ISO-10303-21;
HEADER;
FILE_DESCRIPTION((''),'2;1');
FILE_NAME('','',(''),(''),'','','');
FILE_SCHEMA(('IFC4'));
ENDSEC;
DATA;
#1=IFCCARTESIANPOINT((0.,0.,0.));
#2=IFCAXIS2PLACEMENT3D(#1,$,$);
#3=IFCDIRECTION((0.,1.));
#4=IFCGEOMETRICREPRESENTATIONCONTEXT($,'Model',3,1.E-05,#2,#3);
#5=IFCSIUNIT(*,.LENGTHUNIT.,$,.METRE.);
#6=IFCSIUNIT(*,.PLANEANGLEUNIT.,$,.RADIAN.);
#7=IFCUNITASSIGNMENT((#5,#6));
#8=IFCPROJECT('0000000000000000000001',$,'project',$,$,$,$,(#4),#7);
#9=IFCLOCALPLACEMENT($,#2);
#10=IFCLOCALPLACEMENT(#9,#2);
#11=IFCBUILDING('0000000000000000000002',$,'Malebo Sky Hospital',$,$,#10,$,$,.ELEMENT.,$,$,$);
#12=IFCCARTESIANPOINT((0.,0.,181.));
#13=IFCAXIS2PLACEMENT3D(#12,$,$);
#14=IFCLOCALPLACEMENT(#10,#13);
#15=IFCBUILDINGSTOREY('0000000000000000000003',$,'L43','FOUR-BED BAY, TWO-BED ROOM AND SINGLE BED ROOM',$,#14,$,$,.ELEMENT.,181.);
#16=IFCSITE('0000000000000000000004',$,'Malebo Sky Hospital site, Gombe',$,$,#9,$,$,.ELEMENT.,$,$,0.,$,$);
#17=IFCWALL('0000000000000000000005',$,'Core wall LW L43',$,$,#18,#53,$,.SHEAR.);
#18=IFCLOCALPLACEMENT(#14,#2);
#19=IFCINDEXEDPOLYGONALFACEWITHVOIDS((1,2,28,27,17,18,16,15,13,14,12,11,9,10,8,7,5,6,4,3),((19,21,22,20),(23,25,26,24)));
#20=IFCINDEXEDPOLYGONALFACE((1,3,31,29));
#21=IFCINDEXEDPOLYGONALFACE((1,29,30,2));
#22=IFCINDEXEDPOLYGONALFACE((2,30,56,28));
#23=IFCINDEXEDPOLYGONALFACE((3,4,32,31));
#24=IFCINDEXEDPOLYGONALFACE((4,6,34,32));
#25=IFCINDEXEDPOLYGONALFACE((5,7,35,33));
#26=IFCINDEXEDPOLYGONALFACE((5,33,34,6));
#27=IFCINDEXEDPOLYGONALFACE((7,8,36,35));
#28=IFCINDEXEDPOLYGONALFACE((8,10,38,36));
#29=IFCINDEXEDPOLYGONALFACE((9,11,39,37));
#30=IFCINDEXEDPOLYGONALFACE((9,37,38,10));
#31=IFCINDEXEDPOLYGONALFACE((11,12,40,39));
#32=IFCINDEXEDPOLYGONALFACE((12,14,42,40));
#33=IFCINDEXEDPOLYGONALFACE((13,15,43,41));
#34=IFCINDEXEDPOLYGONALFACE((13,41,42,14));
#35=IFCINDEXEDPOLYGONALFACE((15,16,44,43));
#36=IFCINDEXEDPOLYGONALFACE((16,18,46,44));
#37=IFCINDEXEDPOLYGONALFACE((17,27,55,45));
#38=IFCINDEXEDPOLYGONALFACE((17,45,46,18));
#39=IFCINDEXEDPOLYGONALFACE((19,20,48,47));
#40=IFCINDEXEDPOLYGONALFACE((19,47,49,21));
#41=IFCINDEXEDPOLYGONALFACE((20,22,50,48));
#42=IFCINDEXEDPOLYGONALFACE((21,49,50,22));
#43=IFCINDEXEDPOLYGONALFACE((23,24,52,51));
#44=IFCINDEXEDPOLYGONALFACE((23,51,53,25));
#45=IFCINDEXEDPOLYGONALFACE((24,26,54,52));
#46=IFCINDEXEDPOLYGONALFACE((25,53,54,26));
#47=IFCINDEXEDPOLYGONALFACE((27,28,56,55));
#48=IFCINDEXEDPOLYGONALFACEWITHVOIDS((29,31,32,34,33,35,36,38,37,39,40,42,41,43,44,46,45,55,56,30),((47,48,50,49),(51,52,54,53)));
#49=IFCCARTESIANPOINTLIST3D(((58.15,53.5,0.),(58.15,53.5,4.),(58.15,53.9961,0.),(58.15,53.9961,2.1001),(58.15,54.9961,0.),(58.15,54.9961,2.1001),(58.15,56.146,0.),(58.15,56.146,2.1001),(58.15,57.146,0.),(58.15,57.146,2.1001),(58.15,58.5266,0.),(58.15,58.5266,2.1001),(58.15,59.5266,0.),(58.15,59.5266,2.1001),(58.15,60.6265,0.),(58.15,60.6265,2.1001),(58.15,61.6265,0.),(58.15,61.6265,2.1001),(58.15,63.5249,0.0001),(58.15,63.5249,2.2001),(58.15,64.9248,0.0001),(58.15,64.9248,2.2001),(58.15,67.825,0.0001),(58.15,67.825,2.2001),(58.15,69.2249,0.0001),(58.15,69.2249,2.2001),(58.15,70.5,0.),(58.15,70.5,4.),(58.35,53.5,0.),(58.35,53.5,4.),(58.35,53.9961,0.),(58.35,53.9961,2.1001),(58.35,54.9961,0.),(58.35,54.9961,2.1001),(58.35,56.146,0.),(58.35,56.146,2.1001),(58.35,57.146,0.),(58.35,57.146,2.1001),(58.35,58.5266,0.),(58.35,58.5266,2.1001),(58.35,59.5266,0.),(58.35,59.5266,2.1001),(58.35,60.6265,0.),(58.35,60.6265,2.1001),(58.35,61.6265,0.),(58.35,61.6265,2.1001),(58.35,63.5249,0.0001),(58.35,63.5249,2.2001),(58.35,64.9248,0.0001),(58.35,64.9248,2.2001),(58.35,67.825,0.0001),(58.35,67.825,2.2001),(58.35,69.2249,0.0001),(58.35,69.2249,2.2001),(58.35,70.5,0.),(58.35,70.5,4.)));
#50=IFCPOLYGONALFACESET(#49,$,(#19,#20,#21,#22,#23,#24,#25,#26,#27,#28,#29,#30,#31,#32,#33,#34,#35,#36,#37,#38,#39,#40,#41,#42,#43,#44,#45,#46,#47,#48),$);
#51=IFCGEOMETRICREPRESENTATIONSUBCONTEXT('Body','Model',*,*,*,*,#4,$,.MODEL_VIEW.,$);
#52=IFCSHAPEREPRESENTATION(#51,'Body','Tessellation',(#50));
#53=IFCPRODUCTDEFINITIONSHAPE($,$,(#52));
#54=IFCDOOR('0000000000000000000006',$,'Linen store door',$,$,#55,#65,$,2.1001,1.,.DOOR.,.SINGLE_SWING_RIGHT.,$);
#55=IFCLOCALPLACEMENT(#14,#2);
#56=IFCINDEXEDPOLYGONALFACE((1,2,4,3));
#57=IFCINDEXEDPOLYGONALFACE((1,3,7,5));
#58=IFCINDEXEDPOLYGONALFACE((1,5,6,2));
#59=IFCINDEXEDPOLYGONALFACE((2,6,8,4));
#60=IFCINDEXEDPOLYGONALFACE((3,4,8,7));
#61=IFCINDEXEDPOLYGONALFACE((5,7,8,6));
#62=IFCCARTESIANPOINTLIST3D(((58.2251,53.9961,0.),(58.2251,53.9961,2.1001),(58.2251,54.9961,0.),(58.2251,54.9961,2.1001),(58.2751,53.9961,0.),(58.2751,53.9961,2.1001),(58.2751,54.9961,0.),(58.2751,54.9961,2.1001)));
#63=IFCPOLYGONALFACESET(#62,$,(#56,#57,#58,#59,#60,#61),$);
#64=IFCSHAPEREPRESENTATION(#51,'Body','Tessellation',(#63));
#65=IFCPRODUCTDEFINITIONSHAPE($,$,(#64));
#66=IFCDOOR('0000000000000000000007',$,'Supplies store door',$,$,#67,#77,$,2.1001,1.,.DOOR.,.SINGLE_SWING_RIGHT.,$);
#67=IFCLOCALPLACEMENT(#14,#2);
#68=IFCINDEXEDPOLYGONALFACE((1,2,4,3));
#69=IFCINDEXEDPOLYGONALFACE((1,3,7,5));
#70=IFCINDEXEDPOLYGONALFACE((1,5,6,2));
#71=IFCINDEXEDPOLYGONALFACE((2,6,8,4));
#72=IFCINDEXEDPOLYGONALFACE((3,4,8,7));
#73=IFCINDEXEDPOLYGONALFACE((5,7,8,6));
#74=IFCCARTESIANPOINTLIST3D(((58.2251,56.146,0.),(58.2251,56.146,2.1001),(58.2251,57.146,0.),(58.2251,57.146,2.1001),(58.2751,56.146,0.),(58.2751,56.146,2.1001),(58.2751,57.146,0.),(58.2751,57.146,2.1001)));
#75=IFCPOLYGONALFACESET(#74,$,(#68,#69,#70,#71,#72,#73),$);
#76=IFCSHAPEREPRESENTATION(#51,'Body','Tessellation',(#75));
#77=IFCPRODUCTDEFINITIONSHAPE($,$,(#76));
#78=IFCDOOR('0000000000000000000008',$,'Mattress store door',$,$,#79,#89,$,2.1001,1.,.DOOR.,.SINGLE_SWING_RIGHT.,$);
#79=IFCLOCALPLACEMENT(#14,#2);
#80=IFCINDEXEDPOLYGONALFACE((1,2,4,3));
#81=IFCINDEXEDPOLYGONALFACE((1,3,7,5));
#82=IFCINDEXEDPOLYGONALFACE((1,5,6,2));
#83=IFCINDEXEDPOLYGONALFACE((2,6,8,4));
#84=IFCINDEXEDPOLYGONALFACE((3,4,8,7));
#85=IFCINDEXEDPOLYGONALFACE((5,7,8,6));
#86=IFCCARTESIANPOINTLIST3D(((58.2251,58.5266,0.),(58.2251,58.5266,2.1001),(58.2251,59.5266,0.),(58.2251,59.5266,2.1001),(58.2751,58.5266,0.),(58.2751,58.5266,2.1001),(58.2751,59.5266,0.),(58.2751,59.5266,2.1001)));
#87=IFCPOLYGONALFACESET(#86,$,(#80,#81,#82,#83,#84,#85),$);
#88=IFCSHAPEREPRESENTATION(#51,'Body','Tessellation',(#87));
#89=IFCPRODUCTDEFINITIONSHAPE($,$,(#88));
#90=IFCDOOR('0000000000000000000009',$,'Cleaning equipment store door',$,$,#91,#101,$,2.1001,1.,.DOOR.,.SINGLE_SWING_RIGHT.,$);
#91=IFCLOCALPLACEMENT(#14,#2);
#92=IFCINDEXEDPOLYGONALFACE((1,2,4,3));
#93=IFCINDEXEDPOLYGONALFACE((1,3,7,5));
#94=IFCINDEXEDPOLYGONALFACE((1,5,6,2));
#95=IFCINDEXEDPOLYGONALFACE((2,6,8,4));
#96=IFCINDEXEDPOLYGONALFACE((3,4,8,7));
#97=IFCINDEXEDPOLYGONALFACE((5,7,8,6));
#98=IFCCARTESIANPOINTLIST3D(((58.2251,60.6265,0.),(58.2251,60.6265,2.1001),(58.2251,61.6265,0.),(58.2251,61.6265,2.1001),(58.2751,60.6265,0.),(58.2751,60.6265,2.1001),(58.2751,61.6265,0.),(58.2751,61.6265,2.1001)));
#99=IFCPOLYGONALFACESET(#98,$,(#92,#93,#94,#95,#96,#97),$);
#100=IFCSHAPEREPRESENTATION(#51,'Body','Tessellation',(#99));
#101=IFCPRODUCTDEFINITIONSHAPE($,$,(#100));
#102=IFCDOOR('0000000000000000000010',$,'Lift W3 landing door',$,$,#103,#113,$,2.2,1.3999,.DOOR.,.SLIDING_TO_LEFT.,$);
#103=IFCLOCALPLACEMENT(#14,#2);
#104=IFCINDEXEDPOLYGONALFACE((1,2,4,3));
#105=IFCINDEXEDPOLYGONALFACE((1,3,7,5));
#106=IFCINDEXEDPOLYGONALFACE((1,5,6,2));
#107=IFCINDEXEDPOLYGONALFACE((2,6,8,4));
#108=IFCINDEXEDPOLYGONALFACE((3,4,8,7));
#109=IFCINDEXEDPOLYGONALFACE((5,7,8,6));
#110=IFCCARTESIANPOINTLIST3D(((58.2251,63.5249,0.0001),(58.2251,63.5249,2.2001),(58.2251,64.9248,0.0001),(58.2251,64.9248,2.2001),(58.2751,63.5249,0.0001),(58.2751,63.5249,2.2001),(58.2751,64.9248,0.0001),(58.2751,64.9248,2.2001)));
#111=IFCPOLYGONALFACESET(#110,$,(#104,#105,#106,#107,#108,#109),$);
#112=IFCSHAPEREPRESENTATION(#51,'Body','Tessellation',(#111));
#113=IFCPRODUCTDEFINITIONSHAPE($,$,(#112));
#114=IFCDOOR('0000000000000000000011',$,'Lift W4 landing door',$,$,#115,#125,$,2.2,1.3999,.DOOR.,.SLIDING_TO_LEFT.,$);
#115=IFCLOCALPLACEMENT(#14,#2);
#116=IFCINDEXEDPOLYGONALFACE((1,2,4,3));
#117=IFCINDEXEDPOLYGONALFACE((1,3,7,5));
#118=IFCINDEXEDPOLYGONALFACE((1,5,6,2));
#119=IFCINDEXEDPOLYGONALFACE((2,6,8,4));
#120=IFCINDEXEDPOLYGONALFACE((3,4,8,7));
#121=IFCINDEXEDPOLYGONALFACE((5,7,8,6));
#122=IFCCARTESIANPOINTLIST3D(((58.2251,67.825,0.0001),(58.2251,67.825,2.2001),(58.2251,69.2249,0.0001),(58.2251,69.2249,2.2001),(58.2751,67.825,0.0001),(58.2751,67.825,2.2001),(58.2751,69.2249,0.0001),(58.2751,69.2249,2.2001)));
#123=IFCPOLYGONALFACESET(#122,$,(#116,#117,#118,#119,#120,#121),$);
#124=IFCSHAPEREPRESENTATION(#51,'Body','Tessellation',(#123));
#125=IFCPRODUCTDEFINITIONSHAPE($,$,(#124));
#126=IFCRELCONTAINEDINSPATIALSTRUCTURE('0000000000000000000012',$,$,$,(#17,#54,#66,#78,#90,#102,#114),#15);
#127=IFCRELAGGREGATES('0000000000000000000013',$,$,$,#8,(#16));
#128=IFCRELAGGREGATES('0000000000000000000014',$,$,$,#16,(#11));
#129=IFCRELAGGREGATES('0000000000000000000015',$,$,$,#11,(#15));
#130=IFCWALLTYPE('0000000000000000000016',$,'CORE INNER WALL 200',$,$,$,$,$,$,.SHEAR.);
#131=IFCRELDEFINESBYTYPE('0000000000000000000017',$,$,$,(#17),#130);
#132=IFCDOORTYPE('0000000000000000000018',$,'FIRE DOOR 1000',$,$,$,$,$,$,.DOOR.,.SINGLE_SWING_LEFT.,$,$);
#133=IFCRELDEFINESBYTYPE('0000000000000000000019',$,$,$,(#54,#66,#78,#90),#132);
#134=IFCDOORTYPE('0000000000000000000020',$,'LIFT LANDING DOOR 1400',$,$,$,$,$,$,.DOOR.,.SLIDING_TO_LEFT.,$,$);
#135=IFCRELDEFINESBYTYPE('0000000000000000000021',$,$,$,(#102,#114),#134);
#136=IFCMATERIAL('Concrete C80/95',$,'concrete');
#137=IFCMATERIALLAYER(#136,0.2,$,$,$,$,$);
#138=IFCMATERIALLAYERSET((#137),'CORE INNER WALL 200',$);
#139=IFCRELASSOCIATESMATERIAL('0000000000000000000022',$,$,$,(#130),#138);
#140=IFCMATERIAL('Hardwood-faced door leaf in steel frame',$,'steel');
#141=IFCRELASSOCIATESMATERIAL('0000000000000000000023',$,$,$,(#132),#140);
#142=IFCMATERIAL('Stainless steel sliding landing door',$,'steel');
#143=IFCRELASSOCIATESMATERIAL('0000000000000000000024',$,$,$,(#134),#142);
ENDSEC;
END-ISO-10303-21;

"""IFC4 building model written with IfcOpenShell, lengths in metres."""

from ifc_helpers import new_model, si_unit, direction, frame, frame_2d, origin, place, context, subcontext, project, spatial, rectangle, extrude, material, layer, layer_set, type_object, element, fill, save


model = new_model("IFC4")

# Units and contexts
model_context = context("Model", 3, precision=1e-05, world=origin(), true_north=direction((0.0, 1.0)))
body_context = subcontext(model_context, "Body", "Model", "MODEL_VIEW")
ifc_project = project(units=[si_unit("LENGTHUNIT", "METRE"), si_unit("PLANEANGLEUNIT", "RADIAN")], contexts=[model_context])

# Site, building, storey
site_placement = place(None, origin())
site = spatial("IfcSite", under=ifc_project, at=site_placement, Name="Malebo Sky Hospital site, Gombe", CompositionType="ELEMENT", RefElevation=0.0)
building_placement = place(site_placement, origin())
building = spatial("IfcBuilding", under=site, at=building_placement, Name="Malebo Sky Hospital", CompositionType="ELEMENT")
storey_placement = place(building_placement, frame((0.0, 0.0, 181.0)))
storey = spatial("IfcBuildingStorey", under=building, at=storey_placement, Name="L43", Description="FOUR-BED BAY, TWO-BED ROOM AND SINGLE BED ROOM", CompositionType="ELEMENT", Elevation=181.0)

# Wall, openings, doors
ifc_material_1 = material(Name="Concrete C80/95", Category="concrete")
ifc_layer_1 = layer(ifc_material_1, 0.2)
ifc_layer_set_1 = layer_set([ifc_layer_1], Name="CORE INNER WALL 200")
wall_type_1 = type_object("IfcWallType", Name="CORE INNER WALL 200", PredefinedType="SHEAR", material=ifc_layer_set_1)
wall_1_placement = place(storey_placement, frame((58.25, 53.5, 0.0), z_axis=(0.0, 0.0, 1.0), x_axis=(0.0, 1.0, 0.0)))
wall_1 = element("IfcWall", 1, at=wall_1_placement, inside=storey, type_object=wall_type_1, Name="Core wall LW L43", PredefinedType="SHEAR", context=body_context, shape_type="SweptSolid", body=[
    extrude(rectangle(XDim=17.0, YDim=0.2, at=frame_2d((8.5, 0.0))), origin(), (0.0, 0.0, 1.0), 4.0),
])
opening_1_placement = place(wall_1_placement, frame((0.4961, 0.0, 0.0)))
opening_1 = element("IfcOpeningElement", 2, at=opening_1_placement, cuts=wall_1, PredefinedType="OPENING", context=body_context, shape_type="SweptSolid", body=[
    extrude(rectangle(XDim=1.0, YDim=2.1001, at=frame_2d((0.5, 1.05))), frame((0.0, 0.1099, 0.0), z_axis=(0.0, -1.0, 0.0), x_axis=(1.0, 0.0, 0.0)), (0.0, 0.0, 1.0), 0.22),
])
opening_2_placement = place(wall_1_placement, frame((2.646, 0.0, 0.0)))
opening_2 = element("IfcOpeningElement", 3, at=opening_2_placement, cuts=wall_1, PredefinedType="OPENING", context=body_context, shape_type="SweptSolid", body=[
    extrude(rectangle(XDim=1.0, YDim=2.1001, at=frame_2d((0.5, 1.05))), frame((0.0, 0.1099, 0.0), z_axis=(0.0, -1.0, 0.0), x_axis=(1.0, 0.0, 0.0)), (0.0, 0.0, 1.0), 0.22),
])
opening_3_placement = place(wall_1_placement, frame((5.0266, 0.0, 0.0)))
opening_3 = element("IfcOpeningElement", 4, at=opening_3_placement, cuts=wall_1, PredefinedType="OPENING", context=body_context, shape_type="SweptSolid", body=[
    extrude(rectangle(XDim=1.0, YDim=2.1001, at=frame_2d((0.5, 1.05))), frame((0.0, 0.1099, 0.0), z_axis=(0.0, -1.0, 0.0), x_axis=(1.0, 0.0, 0.0)), (0.0, 0.0, 1.0), 0.22),
])
opening_4_placement = place(wall_1_placement, frame((7.1265, 0.0, 0.0)))
opening_4 = element("IfcOpeningElement", 5, at=opening_4_placement, cuts=wall_1, PredefinedType="OPENING", context=body_context, shape_type="SweptSolid", body=[
    extrude(rectangle(XDim=1.0, YDim=2.1001, at=frame_2d((0.5, 1.05))), frame((0.0, 0.1099, 0.0), z_axis=(0.0, -1.0, 0.0), x_axis=(1.0, 0.0, 0.0)), (0.0, 0.0, 1.0), 0.22),
])
opening_5_placement = place(wall_1_placement, frame((10.0249, 0.0, 0.0)))
opening_5 = element("IfcOpeningElement", 6, at=opening_5_placement, cuts=wall_1, PredefinedType="OPENING", context=body_context, shape_type="SweptSolid", body=[
    extrude(rectangle(XDim=1.3999, YDim=2.2, at=frame_2d((0.7, 1.1001))), frame((0.0, 0.1099, 0.0), z_axis=(0.0, -1.0, 0.0), x_axis=(1.0, 0.0, 0.0)), (0.0, 0.0, 1.0), 0.22),
])
opening_6_placement = place(wall_1_placement, frame((14.325, 0.0, 0.0)))
opening_6 = element("IfcOpeningElement", 7, at=opening_6_placement, cuts=wall_1, PredefinedType="OPENING", context=body_context, shape_type="SweptSolid", body=[
    extrude(rectangle(XDim=1.3999, YDim=2.2, at=frame_2d((0.7, 1.1001))), frame((0.0, 0.1099, 0.0), z_axis=(0.0, -1.0, 0.0), x_axis=(1.0, 0.0, 0.0)), (0.0, 0.0, 1.0), 0.22),
])
ifc_material_2 = material(Name="Hardwood-faced door leaf in steel frame", Category="steel")
door_type_1 = type_object("IfcDoorType", Name="FIRE DOOR 1000", OperationType="SINGLE_SWING_LEFT", PredefinedType="DOOR", material=ifc_material_2)
door_1_placement = place(opening_1_placement, origin())
door_1 = element("IfcDoor", 8, at=door_1_placement, inside=storey, type_object=door_type_1, Name="Linen store door", OperationType="SINGLE_SWING_RIGHT", OverallHeight=2.1001, OverallWidth=1.0, PredefinedType="DOOR", context=body_context, shape_type="SweptSolid", body=[
    extrude(rectangle(XDim=1.0, YDim=2.1001, at=frame_2d((0.5, 1.05))), frame((0.0, 0.0249, 0.0), z_axis=(0.0, -1.0, 0.0), x_axis=(1.0, 0.0, 0.0)), (0.0, 0.0, 1.0), 0.05),
])
fill(opening_1, door_1)
door_2_placement = place(opening_2_placement, origin())
door_2 = element("IfcDoor", 9, at=door_2_placement, inside=storey, type_object=door_type_1, Name="Supplies store door", OperationType="SINGLE_SWING_RIGHT", OverallHeight=2.1001, OverallWidth=1.0, PredefinedType="DOOR", context=body_context, shape_type="SweptSolid", body=[
    extrude(rectangle(XDim=1.0, YDim=2.1001, at=frame_2d((0.5, 1.05))), frame((0.0, 0.0249, 0.0), z_axis=(0.0, -1.0, 0.0), x_axis=(1.0, 0.0, 0.0)), (0.0, 0.0, 1.0), 0.05),
])
fill(opening_2, door_2)
door_3_placement = place(opening_3_placement, origin())
door_3 = element("IfcDoor", 10, at=door_3_placement, inside=storey, type_object=door_type_1, Name="Mattress store door", OperationType="SINGLE_SWING_RIGHT", OverallHeight=2.1001, OverallWidth=1.0, PredefinedType="DOOR", context=body_context, shape_type="SweptSolid", body=[
    extrude(rectangle(XDim=1.0, YDim=2.1001, at=frame_2d((0.5, 1.05))), frame((0.0, 0.0249, 0.0), z_axis=(0.0, -1.0, 0.0), x_axis=(1.0, 0.0, 0.0)), (0.0, 0.0, 1.0), 0.05),
])
fill(opening_3, door_3)
door_4_placement = place(opening_4_placement, origin())
door_4 = element("IfcDoor", 11, at=door_4_placement, inside=storey, type_object=door_type_1, Name="Cleaning equipment store door", OperationType="SINGLE_SWING_RIGHT", OverallHeight=2.1001, OverallWidth=1.0, PredefinedType="DOOR", context=body_context, shape_type="SweptSolid", body=[
    extrude(rectangle(XDim=1.0, YDim=2.1001, at=frame_2d((0.5, 1.05))), frame((0.0, 0.0249, 0.0), z_axis=(0.0, -1.0, 0.0), x_axis=(1.0, 0.0, 0.0)), (0.0, 0.0, 1.0), 0.05),
])
fill(opening_4, door_4)
ifc_material_3 = material(Name="Stainless steel sliding landing door", Category="steel")
door_type_2 = type_object("IfcDoorType", Name="LIFT LANDING DOOR 1400", OperationType="SLIDING_TO_LEFT", PredefinedType="DOOR", material=ifc_material_3)
door_5_placement = place(opening_5_placement, origin())
door_5 = element("IfcDoor", 12, at=door_5_placement, inside=storey, type_object=door_type_2, Name="Lift W3 landing door", OperationType="SLIDING_TO_LEFT", OverallHeight=2.2, OverallWidth=1.3999, PredefinedType="DOOR", context=body_context, shape_type="SweptSolid", body=[
    extrude(rectangle(XDim=1.3999, YDim=2.2, at=frame_2d((0.7, 1.1001))), frame((0.0, 0.0249, 0.0), z_axis=(0.0, -1.0, 0.0), x_axis=(1.0, 0.0, 0.0)), (0.0, 0.0, 1.0), 0.05),
])
fill(opening_5, door_5)
door_6_placement = place(opening_6_placement, origin())
door_6 = element("IfcDoor", 13, at=door_6_placement, inside=storey, type_object=door_type_2, Name="Lift W4 landing door", OperationType="SLIDING_TO_LEFT", OverallHeight=2.2, OverallWidth=1.3999, PredefinedType="DOOR", context=body_context, shape_type="SweptSolid", body=[
    extrude(rectangle(XDim=1.3999, YDim=2.2, at=frame_2d((0.7, 1.1001))), frame((0.0, 0.0249, 0.0), z_axis=(0.0, -1.0, 0.0), x_axis=(1.0, 0.0, 0.0)), (0.0, 0.0, 1.0), 0.05),
])
fill(opening_6, door_6)

save(model, "model.ifc")
